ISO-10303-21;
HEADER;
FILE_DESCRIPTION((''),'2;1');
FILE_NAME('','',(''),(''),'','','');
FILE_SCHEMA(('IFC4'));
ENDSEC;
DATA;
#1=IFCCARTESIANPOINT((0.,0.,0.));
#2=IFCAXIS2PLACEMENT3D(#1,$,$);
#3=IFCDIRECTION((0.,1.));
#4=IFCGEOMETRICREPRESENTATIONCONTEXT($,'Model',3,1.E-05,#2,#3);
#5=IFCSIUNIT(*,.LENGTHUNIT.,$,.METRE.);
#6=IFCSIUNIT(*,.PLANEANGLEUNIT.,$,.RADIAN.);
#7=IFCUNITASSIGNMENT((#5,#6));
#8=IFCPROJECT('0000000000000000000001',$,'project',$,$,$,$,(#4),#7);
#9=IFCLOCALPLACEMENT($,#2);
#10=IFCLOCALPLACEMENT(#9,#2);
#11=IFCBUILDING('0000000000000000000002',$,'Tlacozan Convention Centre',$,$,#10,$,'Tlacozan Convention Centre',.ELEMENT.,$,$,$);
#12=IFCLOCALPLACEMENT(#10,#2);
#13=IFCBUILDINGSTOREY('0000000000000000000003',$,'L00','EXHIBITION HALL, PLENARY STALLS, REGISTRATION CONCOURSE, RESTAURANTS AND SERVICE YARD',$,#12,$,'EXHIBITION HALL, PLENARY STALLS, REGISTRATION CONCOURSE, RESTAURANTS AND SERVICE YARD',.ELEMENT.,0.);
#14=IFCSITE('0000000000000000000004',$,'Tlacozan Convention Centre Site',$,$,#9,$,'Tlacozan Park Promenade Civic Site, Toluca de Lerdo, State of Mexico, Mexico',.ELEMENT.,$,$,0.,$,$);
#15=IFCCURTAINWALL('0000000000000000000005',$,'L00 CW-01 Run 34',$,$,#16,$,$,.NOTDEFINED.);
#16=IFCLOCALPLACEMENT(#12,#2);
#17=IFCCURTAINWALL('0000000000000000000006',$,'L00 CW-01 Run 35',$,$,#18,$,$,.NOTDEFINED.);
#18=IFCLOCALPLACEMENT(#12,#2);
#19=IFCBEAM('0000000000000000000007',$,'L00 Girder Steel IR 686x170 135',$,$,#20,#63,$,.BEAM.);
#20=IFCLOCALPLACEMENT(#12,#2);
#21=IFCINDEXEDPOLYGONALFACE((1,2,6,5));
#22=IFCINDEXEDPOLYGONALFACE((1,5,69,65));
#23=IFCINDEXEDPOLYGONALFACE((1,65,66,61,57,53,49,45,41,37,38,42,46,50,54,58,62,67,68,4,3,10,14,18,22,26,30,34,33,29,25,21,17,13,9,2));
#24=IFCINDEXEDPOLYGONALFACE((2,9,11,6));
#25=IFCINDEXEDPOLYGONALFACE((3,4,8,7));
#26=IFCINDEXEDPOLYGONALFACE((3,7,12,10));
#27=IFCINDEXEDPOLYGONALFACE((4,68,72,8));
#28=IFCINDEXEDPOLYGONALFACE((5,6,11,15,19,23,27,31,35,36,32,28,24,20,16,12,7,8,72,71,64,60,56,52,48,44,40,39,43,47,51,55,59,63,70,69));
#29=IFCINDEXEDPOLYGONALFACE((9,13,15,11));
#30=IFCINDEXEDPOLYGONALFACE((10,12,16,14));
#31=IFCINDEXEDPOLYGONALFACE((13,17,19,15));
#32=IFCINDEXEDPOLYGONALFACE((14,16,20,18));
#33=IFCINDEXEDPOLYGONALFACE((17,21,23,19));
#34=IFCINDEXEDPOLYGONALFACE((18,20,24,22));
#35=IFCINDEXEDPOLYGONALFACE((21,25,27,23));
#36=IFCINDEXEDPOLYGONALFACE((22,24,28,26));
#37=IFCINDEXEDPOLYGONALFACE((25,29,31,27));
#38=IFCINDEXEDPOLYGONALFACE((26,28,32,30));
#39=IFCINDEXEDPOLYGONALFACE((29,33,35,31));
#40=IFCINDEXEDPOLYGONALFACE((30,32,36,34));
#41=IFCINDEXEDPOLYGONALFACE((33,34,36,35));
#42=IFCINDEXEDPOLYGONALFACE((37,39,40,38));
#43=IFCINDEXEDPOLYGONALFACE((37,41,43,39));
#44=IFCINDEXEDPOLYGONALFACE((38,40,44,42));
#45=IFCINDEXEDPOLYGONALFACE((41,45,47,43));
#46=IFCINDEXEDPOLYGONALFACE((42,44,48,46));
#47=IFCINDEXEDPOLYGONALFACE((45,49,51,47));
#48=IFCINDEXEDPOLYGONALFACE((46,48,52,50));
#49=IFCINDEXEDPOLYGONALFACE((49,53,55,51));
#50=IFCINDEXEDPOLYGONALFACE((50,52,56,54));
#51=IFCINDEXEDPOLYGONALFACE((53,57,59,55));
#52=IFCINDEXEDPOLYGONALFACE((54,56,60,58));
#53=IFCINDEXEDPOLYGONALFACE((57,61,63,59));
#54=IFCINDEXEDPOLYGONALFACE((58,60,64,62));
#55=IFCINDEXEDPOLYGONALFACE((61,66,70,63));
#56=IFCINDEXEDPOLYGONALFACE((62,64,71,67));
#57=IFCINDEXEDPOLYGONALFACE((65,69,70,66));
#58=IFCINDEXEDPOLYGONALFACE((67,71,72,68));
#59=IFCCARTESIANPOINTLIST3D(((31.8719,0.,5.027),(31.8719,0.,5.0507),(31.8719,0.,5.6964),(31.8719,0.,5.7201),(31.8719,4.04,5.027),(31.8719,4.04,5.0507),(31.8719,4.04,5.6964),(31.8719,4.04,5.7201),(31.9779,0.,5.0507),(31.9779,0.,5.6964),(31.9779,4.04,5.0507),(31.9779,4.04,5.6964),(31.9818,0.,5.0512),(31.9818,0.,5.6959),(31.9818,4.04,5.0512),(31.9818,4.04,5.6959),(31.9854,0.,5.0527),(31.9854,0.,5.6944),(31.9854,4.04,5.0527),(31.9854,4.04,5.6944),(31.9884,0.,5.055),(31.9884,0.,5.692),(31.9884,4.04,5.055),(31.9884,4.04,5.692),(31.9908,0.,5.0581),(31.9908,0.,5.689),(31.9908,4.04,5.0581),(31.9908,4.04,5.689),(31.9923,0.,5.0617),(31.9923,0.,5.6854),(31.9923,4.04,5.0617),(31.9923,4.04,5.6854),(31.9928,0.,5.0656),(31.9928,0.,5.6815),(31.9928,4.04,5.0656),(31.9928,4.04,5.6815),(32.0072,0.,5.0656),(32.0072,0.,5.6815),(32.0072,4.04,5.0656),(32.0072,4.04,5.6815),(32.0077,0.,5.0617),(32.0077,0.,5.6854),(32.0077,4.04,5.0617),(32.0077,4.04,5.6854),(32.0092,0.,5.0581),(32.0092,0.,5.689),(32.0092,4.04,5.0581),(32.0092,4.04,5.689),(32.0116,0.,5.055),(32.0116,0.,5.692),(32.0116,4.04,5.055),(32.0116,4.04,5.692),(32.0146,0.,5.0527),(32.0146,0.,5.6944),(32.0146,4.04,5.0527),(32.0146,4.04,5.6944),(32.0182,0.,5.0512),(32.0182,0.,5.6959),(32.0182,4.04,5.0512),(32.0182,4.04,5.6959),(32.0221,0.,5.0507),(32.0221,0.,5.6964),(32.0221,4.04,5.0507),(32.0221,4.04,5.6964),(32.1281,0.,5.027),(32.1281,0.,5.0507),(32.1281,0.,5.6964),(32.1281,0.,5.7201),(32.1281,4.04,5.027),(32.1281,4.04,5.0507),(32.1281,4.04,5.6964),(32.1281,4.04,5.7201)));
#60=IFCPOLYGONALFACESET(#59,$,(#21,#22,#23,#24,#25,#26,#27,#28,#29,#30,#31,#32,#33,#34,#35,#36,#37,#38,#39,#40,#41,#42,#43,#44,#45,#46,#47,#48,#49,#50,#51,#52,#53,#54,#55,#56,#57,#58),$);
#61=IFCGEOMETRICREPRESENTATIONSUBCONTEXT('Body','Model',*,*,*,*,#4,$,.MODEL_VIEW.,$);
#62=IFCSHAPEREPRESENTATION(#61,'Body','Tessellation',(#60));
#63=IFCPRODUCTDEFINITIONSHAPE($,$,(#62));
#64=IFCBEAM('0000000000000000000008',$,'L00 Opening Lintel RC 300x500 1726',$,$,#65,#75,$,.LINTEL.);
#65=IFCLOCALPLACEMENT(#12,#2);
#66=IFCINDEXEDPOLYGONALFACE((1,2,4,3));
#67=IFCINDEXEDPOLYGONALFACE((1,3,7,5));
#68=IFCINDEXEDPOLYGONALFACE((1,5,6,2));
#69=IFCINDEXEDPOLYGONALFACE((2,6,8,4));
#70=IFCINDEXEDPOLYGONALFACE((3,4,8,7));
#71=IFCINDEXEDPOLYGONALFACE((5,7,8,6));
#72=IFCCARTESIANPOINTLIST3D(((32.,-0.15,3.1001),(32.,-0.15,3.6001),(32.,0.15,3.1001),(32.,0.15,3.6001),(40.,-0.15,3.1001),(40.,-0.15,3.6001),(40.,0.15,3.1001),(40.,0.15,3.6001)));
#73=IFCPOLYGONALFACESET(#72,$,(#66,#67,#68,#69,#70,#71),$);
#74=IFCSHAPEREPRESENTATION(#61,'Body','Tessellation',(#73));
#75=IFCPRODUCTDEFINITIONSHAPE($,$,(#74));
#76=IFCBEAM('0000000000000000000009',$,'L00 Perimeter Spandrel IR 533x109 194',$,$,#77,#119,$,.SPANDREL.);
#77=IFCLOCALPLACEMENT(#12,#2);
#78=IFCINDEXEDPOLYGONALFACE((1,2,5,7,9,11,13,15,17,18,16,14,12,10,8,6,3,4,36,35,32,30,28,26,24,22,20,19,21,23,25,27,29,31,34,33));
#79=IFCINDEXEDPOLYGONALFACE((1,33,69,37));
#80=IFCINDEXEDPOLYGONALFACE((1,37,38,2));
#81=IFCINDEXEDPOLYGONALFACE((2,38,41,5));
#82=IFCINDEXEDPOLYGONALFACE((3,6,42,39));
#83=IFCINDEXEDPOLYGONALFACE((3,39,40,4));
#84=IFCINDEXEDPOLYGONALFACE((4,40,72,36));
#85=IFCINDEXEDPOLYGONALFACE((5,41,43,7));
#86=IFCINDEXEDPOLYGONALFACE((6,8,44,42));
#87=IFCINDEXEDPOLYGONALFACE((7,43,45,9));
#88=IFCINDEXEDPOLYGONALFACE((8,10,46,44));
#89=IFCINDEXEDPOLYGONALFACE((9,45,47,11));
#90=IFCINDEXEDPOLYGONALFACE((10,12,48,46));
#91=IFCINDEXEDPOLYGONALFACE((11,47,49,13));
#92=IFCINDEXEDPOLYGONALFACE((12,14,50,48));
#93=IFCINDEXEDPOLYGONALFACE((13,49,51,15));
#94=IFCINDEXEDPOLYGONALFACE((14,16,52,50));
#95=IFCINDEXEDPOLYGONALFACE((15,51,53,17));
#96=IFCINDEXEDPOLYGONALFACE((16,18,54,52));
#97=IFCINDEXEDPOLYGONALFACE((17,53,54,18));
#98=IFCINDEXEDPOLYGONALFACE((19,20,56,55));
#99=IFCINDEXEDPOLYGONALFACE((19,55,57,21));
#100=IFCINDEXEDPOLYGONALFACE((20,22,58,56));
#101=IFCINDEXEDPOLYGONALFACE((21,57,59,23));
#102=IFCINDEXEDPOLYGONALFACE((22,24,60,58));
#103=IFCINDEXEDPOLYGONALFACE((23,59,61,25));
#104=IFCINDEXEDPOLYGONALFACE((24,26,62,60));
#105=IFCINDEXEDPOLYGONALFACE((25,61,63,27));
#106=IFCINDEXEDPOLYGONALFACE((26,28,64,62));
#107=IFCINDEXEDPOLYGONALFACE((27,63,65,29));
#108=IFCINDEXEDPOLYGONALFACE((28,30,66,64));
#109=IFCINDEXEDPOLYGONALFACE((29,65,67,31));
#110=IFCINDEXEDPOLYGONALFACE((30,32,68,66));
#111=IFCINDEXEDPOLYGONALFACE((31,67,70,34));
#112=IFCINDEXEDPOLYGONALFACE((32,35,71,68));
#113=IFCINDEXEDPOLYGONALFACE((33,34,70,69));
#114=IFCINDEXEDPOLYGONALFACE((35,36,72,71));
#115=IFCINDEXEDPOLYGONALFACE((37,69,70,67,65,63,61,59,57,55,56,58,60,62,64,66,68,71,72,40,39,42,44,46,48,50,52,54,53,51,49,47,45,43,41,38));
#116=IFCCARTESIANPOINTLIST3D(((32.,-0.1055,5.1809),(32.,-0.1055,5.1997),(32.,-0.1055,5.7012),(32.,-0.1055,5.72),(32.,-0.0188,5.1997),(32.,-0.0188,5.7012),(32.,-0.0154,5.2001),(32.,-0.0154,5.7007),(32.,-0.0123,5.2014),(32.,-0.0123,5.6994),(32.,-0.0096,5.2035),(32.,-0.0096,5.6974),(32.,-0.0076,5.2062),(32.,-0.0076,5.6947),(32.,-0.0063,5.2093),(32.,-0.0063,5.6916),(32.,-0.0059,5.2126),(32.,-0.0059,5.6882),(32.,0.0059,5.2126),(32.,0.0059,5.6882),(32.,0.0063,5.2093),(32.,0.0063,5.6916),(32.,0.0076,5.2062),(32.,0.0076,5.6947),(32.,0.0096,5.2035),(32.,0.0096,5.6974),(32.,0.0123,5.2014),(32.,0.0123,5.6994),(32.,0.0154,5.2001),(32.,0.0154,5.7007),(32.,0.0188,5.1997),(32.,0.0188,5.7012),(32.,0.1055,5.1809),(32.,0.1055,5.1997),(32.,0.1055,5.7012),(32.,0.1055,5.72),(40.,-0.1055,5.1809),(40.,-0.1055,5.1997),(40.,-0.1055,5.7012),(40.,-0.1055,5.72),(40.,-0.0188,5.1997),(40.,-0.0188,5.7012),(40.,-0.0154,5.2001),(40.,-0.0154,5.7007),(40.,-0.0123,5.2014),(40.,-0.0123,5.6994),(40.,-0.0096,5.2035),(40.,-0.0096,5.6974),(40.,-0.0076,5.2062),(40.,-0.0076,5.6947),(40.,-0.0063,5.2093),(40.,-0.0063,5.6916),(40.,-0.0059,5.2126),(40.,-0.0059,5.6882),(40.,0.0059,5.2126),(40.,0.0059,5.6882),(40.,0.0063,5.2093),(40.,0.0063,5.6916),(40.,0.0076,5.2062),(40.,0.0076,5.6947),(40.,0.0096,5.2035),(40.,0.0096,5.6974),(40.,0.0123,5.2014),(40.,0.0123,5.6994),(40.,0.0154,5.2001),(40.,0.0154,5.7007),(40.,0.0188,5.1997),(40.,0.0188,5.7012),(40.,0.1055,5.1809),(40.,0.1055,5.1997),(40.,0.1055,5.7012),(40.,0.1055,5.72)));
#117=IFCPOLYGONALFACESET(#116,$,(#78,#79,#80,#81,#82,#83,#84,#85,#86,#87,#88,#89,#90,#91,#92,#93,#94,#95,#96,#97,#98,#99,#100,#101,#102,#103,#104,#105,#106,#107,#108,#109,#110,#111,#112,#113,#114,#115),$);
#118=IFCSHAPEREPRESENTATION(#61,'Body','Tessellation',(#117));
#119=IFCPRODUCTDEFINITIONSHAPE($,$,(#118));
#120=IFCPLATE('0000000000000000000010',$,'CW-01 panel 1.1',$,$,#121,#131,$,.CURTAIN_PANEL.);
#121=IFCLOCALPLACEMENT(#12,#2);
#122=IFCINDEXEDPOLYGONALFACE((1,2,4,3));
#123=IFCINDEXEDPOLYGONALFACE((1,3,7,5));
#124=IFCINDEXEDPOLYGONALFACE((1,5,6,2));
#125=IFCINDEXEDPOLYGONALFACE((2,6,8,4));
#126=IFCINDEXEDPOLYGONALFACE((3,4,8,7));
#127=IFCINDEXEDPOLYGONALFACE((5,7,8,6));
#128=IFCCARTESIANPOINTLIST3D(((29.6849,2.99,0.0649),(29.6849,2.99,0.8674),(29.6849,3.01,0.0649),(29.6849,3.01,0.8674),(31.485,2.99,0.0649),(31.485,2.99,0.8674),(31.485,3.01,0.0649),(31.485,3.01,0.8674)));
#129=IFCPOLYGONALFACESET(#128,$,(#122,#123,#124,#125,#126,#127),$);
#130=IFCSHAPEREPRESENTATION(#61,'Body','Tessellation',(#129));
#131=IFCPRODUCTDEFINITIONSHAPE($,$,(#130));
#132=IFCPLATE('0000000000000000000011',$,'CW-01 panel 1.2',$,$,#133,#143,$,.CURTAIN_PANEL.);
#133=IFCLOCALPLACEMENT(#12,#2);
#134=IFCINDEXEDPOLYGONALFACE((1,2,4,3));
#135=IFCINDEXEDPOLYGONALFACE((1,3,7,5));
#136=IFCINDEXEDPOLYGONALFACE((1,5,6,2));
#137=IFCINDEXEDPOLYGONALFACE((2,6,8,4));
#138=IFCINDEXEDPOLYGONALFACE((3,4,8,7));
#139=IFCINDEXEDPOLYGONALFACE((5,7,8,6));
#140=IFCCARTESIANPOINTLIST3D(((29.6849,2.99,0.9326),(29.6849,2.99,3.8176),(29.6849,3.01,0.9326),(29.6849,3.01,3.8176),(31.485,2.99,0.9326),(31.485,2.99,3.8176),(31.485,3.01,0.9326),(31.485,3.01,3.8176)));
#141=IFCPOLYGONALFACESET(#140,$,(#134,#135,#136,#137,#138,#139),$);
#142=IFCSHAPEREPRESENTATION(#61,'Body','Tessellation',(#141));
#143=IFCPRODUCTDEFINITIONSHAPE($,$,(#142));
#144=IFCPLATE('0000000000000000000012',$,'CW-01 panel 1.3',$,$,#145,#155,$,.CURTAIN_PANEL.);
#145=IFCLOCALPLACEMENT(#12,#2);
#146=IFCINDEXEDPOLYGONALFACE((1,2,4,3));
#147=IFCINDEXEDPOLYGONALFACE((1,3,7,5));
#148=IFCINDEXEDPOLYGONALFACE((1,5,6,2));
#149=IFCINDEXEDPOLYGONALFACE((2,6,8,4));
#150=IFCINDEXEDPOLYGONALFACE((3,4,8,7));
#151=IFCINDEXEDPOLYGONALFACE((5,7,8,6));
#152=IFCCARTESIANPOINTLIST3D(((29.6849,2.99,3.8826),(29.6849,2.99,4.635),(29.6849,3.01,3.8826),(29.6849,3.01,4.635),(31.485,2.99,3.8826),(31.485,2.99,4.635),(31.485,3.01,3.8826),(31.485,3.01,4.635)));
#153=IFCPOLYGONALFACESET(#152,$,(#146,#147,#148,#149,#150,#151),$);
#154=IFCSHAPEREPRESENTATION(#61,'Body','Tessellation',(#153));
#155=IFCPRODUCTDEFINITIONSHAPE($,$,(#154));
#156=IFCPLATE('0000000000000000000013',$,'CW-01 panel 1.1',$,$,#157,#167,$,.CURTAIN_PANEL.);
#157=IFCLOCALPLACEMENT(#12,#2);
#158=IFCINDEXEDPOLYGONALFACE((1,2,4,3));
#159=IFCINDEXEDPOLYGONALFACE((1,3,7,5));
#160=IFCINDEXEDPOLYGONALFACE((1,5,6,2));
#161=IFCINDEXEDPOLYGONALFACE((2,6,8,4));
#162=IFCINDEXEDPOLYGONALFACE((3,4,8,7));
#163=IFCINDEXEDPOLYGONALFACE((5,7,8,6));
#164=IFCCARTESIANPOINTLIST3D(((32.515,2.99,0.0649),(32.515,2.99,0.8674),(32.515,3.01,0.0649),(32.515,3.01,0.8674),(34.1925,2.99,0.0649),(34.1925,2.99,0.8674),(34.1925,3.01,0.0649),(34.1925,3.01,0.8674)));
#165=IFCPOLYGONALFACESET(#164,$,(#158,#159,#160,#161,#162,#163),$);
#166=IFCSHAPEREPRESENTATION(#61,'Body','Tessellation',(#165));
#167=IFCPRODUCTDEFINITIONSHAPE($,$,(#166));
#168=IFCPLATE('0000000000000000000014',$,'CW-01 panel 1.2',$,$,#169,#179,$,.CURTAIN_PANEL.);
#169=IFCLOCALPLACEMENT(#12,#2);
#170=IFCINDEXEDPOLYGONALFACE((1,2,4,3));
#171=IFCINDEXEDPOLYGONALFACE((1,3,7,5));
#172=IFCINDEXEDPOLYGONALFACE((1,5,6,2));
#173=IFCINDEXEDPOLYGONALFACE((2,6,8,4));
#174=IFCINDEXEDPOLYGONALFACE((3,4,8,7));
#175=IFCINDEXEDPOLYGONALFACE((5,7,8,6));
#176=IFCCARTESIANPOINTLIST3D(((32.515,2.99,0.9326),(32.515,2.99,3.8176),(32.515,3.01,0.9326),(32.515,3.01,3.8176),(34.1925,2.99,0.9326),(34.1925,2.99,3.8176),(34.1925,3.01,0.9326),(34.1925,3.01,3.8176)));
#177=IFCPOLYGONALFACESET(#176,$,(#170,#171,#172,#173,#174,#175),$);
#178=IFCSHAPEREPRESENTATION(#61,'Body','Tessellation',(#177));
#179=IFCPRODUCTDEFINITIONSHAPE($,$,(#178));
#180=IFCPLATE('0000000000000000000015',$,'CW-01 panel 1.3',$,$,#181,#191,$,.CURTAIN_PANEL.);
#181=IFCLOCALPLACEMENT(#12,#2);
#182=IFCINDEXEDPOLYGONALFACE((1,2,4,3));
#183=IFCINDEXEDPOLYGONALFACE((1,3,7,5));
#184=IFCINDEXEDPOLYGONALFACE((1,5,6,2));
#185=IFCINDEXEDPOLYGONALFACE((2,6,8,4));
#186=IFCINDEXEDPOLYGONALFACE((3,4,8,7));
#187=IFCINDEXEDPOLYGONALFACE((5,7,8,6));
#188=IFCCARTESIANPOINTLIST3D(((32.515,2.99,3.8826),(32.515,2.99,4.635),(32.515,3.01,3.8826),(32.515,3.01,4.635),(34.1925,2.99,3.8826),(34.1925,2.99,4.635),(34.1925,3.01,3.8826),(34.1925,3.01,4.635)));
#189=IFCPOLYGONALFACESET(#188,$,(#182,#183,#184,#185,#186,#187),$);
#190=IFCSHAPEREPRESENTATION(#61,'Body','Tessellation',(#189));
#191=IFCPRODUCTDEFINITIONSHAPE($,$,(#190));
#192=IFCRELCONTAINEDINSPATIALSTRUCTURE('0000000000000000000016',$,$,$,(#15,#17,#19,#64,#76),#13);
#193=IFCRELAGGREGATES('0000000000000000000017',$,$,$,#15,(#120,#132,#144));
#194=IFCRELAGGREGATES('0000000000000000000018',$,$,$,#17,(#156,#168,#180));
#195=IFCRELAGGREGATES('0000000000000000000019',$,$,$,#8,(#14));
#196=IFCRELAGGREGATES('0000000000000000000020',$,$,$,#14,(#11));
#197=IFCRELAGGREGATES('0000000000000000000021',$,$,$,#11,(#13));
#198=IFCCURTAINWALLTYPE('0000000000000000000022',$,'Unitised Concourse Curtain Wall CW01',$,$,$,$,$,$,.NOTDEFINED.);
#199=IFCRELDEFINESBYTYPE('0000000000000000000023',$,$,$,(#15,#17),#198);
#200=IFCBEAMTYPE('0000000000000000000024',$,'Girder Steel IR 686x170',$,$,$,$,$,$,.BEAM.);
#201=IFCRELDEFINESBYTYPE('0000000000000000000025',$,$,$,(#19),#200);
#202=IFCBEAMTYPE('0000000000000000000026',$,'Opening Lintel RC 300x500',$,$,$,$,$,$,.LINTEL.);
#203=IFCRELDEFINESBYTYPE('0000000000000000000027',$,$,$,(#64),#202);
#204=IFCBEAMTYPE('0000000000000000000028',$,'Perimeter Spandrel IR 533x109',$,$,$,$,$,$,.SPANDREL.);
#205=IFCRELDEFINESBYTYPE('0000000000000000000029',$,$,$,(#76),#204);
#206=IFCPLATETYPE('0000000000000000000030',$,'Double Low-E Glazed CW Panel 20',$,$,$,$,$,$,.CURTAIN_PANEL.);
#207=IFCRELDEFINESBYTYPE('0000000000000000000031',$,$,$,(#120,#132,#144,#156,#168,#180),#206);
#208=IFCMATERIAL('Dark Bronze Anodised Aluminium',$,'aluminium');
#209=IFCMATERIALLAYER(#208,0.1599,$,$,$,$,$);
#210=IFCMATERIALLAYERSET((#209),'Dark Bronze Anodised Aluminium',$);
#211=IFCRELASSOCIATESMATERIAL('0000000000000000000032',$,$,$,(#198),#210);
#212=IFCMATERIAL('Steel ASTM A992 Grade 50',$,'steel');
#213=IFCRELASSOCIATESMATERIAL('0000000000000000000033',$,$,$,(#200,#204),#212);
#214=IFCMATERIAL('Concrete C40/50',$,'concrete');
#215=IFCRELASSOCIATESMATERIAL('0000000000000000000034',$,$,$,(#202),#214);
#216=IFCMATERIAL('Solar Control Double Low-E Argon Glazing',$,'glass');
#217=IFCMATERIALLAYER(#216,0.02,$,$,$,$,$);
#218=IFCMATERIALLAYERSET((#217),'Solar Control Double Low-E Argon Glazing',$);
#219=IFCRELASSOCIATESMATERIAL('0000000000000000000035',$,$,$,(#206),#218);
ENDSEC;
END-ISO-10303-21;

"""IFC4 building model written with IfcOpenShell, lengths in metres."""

from ifc_helpers import new_model, si_unit, direction, frame, origin, origin_2d, place, context, subcontext, project, spatial, rectangle, i_section, extrude, material, layer, layer_set, material_profile, profile_set, type_object, element, aggregate, save


model = new_model("IFC4")

# Units and contexts
model_context = context("Model", 3, precision=1e-05, world=origin(), true_north=direction((0.0, 1.0)))
body_context = subcontext(model_context, "Body", "Model", "MODEL_VIEW")
ifc_project = project(units=[si_unit("LENGTHUNIT", "METRE"), si_unit("PLANEANGLEUNIT", "RADIAN")], contexts=[model_context])

# Site, building, storey
site_placement = place(None, origin())
site = spatial("IfcSite", under=ifc_project, at=site_placement, Name="Tlacozan Convention Centre Site", LongName="Tlacozan Park Promenade Civic Site, Toluca de Lerdo, State of Mexico, Mexico", CompositionType="ELEMENT", RefElevation=0.0)
building_placement = place(site_placement, origin())
building = spatial("IfcBuilding", under=site, at=building_placement, Name="Tlacozan Convention Centre", LongName="Tlacozan Convention Centre", CompositionType="ELEMENT")
storey_placement = place(building_placement, origin())
storey = spatial("IfcBuildingStorey", under=building, at=storey_placement, Name="L00", Description="EXHIBITION HALL, PLENARY STALLS, REGISTRATION CONCOURSE, RESTAURANTS AND SERVICE YARD", LongName="EXHIBITION HALL, PLENARY STALLS, REGISTRATION CONCOURSE, RESTAURANTS AND SERVICE YARD", CompositionType="ELEMENT", Elevation=0.0)

# Shared definitions
ifc_material_1 = material(Name="Concrete C40/50", Category="concrete")

# Curtain wall
ifc_material_2 = material(Name="Dark Bronze Anodised Aluminium", Category="aluminium")
ifc_layer_1 = layer(ifc_material_2, 0.1599)
ifc_layer_set_1 = layer_set([ifc_layer_1], Name="Dark Bronze Anodised Aluminium")
curtain_wall_type = type_object("IfcCurtainWallType", Name="Unitised Concourse Curtain Wall CW01", PredefinedType="NOTDEFINED", material=ifc_layer_set_1)
curtain_wall_1_placement = place(storey_placement, origin())
curtain_wall_1 = element("IfcCurtainWall", 1, at=curtain_wall_1_placement, inside=storey, type_object=curtain_wall_type, Name="L00 CW-01 Run 34", PredefinedType="NOTDEFINED")

# Curtain wall
curtain_wall_2_placement = place(storey_placement, origin())
curtain_wall_2 = element("IfcCurtainWall", 2, at=curtain_wall_2_placement, inside=storey, type_object=curtain_wall_type, Name="L00 CW-01 Run 35", PredefinedType="NOTDEFINED")

# Beams
ifc_material_3 = material(Name="Steel ASTM A992 Grade 50", Category="steel")
ifc_material_profile_1 = material_profile(ifc_material_3, i_section(OverallWidth=0.2561, OverallDepth=0.6931, WebThickness=0.0144, FlangeThickness=0.0237, FilletRadius=0.0149, at=origin_2d()), Name="IR 686x170.0")
ifc_profile_set_1 = profile_set([ifc_material_profile_1], Name="Steel ASTM A992 Grade 50")
beam_type_1 = type_object("IfcBeamType", Name="Girder Steel IR 686x170", PredefinedType="BEAM", material=ifc_profile_set_1)
beam_1_placement = place(storey_placement, frame((32.0, 0.0, 5.3735), z_axis=(0.0, 1.0, 0.0), x_axis=(-1.0, 0.0, 0.0)))
element("IfcBeam", 3, at=beam_1_placement, inside=storey, type_object=beam_type_1, Name="L00 Girder Steel IR 686x170 135", PredefinedType="BEAM", context=body_context, shape_type="SweptSolid", body=[
    extrude(i_section(OverallWidth=0.2561, OverallDepth=0.6931, WebThickness=0.0144, FlangeThickness=0.0237, FilletRadius=0.0149, at=origin_2d()), origin(), (0.0, 0.0, 1.0), 4.04),
])
ifc_material_profile_2 = material_profile(ifc_material_1, rectangle(XDim=0.3, YDim=0.5, at=origin_2d()), Name="RC 300x500")
ifc_profile_set_2 = profile_set([ifc_material_profile_2], Name="Concrete C40/50")
beam_type_2 = type_object("IfcBeamType", Name="Opening Lintel RC 300x500", PredefinedType="LINTEL", material=ifc_profile_set_2)
beam_2_placement = place(storey_placement, frame((32.0, 0.0, 3.3501), z_axis=(1.0, 0.0, 0.0), x_axis=(0.0, 1.0, 0.0)))
element("IfcBeam", 4, at=beam_2_placement, inside=storey, type_object=beam_type_2, Name="L00 Opening Lintel RC 300x500 1726", PredefinedType="LINTEL", context=body_context, shape_type="SweptSolid", body=[
    extrude(rectangle(XDim=0.3, YDim=0.5, at=origin_2d()), origin(), (0.0, 0.0, 1.0), 8.0),
])
ifc_material_profile_3 = material_profile(ifc_material_3, i_section(OverallWidth=0.2109, OverallDepth=0.5391, WebThickness=0.0117, FlangeThickness=0.0188, FilletRadius=0.0129, at=origin_2d()), Name="IR 533x109.0")
ifc_profile_set_3 = profile_set([ifc_material_profile_3], Name="Steel ASTM A992 Grade 50")
beam_type_3 = type_object("IfcBeamType", Name="Perimeter Spandrel IR 533x109", PredefinedType="SPANDREL", material=ifc_profile_set_3)
beam_3_placement = place(storey_placement, frame((32.0, 0.0, 5.4504), z_axis=(1.0, 0.0, 0.0), x_axis=(0.0, 1.0, 0.0)))
element("IfcBeam", 5, at=beam_3_placement, inside=storey, type_object=beam_type_3, Name="L00 Perimeter Spandrel IR 533x109 194", PredefinedType="SPANDREL", context=body_context, shape_type="SweptSolid", body=[
    extrude(i_section(OverallWidth=0.2109, OverallDepth=0.5391, WebThickness=0.0117, FlangeThickness=0.0188, FilletRadius=0.0129, at=origin_2d()), origin(), (0.0, 0.0, 1.0), 8.0),
])

# Plates
ifc_material_4 = material(Name="Solar Control Double Low-E Argon Glazing", Category="glass")
ifc_layer_2 = layer(ifc_material_4, 0.02)
ifc_layer_set_2 = layer_set([ifc_layer_2], Name="Solar Control Double Low-E Argon Glazing")
plate_type = type_object("IfcPlateType", Name="Double Low-E Glazed CW Panel 20", PredefinedType="CURTAIN_PANEL", material=ifc_layer_set_2)
plate_1_placement = place(storey_placement, frame((30.585, 3.0, 0.0649), z_axis=(0.0, 0.0, 1.0), x_axis=(1.0, 0.0, 0.0)))
plate_1 = element("IfcPlate", 6, at=plate_1_placement, type_object=plate_type, Name="CW-01 panel 1.1", PredefinedType="CURTAIN_PANEL", context=body_context, shape_type="SweptSolid", body=[
    extrude(rectangle(XDim=1.8, YDim=0.02, at=origin_2d()), origin(), (0.0, 0.0, 1.0), 0.8025),
])
plate_2_placement = place(storey_placement, frame((30.585, 3.0, 0.9326), z_axis=(0.0, 0.0, 1.0), x_axis=(1.0, 0.0, 0.0)))
plate_2 = element("IfcPlate", 7, at=plate_2_placement, type_object=plate_type, Name="CW-01 panel 1.2", PredefinedType="CURTAIN_PANEL", context=body_context, shape_type="SweptSolid", body=[
    extrude(rectangle(XDim=1.8, YDim=0.02, at=origin_2d()), origin(), (0.0, 0.0, 1.0), 2.885),
])
plate_3_placement = place(storey_placement, frame((30.585, 3.0, 3.8826), z_axis=(0.0, 0.0, 1.0), x_axis=(1.0, 0.0, 0.0)))
plate_3 = element("IfcPlate", 8, at=plate_3_placement, type_object=plate_type, Name="CW-01 panel 1.3", PredefinedType="CURTAIN_PANEL", context=body_context, shape_type="SweptSolid", body=[
    extrude(rectangle(XDim=1.8, YDim=0.02, at=origin_2d()), origin(), (0.0, 0.0, 1.0), 0.7524),
])
aggregate(curtain_wall_1, [plate_1, plate_2, plate_3])
plate_4_placement = place(storey_placement, frame((33.3538, 3.0, 0.0649), z_axis=(0.0, 0.0, 1.0), x_axis=(1.0, 0.0, 0.0)))
plate_4 = element("IfcPlate", 9, at=plate_4_placement, type_object=plate_type, Name="CW-01 panel 1.1", PredefinedType="CURTAIN_PANEL", context=body_context, shape_type="SweptSolid", body=[
    extrude(rectangle(XDim=1.6775, YDim=0.02, at=origin_2d()), origin(), (0.0, 0.0, 1.0), 0.8025),
])
plate_5_placement = place(storey_placement, frame((33.3538, 3.0, 0.9326), z_axis=(0.0, 0.0, 1.0), x_axis=(1.0, 0.0, 0.0)))
plate_5 = element("IfcPlate", 10, at=plate_5_placement, type_object=plate_type, Name="CW-01 panel 1.2", PredefinedType="CURTAIN_PANEL", context=body_context, shape_type="SweptSolid", body=[
    extrude(rectangle(XDim=1.6775, YDim=0.02, at=origin_2d()), origin(), (0.0, 0.0, 1.0), 2.885),
])
plate_6_placement = place(storey_placement, frame((33.3538, 3.0, 3.8826), z_axis=(0.0, 0.0, 1.0), x_axis=(1.0, 0.0, 0.0)))
plate_6 = element("IfcPlate", 11, at=plate_6_placement, type_object=plate_type, Name="CW-01 panel 1.3", PredefinedType="CURTAIN_PANEL", context=body_context, shape_type="SweptSolid", body=[
    extrude(rectangle(XDim=1.6775, YDim=0.02, at=origin_2d()), origin(), (0.0, 0.0, 1.0), 0.7524),
])
aggregate(curtain_wall_2, [plate_4, plate_5, plate_6])

save(model, "model.ifc")
